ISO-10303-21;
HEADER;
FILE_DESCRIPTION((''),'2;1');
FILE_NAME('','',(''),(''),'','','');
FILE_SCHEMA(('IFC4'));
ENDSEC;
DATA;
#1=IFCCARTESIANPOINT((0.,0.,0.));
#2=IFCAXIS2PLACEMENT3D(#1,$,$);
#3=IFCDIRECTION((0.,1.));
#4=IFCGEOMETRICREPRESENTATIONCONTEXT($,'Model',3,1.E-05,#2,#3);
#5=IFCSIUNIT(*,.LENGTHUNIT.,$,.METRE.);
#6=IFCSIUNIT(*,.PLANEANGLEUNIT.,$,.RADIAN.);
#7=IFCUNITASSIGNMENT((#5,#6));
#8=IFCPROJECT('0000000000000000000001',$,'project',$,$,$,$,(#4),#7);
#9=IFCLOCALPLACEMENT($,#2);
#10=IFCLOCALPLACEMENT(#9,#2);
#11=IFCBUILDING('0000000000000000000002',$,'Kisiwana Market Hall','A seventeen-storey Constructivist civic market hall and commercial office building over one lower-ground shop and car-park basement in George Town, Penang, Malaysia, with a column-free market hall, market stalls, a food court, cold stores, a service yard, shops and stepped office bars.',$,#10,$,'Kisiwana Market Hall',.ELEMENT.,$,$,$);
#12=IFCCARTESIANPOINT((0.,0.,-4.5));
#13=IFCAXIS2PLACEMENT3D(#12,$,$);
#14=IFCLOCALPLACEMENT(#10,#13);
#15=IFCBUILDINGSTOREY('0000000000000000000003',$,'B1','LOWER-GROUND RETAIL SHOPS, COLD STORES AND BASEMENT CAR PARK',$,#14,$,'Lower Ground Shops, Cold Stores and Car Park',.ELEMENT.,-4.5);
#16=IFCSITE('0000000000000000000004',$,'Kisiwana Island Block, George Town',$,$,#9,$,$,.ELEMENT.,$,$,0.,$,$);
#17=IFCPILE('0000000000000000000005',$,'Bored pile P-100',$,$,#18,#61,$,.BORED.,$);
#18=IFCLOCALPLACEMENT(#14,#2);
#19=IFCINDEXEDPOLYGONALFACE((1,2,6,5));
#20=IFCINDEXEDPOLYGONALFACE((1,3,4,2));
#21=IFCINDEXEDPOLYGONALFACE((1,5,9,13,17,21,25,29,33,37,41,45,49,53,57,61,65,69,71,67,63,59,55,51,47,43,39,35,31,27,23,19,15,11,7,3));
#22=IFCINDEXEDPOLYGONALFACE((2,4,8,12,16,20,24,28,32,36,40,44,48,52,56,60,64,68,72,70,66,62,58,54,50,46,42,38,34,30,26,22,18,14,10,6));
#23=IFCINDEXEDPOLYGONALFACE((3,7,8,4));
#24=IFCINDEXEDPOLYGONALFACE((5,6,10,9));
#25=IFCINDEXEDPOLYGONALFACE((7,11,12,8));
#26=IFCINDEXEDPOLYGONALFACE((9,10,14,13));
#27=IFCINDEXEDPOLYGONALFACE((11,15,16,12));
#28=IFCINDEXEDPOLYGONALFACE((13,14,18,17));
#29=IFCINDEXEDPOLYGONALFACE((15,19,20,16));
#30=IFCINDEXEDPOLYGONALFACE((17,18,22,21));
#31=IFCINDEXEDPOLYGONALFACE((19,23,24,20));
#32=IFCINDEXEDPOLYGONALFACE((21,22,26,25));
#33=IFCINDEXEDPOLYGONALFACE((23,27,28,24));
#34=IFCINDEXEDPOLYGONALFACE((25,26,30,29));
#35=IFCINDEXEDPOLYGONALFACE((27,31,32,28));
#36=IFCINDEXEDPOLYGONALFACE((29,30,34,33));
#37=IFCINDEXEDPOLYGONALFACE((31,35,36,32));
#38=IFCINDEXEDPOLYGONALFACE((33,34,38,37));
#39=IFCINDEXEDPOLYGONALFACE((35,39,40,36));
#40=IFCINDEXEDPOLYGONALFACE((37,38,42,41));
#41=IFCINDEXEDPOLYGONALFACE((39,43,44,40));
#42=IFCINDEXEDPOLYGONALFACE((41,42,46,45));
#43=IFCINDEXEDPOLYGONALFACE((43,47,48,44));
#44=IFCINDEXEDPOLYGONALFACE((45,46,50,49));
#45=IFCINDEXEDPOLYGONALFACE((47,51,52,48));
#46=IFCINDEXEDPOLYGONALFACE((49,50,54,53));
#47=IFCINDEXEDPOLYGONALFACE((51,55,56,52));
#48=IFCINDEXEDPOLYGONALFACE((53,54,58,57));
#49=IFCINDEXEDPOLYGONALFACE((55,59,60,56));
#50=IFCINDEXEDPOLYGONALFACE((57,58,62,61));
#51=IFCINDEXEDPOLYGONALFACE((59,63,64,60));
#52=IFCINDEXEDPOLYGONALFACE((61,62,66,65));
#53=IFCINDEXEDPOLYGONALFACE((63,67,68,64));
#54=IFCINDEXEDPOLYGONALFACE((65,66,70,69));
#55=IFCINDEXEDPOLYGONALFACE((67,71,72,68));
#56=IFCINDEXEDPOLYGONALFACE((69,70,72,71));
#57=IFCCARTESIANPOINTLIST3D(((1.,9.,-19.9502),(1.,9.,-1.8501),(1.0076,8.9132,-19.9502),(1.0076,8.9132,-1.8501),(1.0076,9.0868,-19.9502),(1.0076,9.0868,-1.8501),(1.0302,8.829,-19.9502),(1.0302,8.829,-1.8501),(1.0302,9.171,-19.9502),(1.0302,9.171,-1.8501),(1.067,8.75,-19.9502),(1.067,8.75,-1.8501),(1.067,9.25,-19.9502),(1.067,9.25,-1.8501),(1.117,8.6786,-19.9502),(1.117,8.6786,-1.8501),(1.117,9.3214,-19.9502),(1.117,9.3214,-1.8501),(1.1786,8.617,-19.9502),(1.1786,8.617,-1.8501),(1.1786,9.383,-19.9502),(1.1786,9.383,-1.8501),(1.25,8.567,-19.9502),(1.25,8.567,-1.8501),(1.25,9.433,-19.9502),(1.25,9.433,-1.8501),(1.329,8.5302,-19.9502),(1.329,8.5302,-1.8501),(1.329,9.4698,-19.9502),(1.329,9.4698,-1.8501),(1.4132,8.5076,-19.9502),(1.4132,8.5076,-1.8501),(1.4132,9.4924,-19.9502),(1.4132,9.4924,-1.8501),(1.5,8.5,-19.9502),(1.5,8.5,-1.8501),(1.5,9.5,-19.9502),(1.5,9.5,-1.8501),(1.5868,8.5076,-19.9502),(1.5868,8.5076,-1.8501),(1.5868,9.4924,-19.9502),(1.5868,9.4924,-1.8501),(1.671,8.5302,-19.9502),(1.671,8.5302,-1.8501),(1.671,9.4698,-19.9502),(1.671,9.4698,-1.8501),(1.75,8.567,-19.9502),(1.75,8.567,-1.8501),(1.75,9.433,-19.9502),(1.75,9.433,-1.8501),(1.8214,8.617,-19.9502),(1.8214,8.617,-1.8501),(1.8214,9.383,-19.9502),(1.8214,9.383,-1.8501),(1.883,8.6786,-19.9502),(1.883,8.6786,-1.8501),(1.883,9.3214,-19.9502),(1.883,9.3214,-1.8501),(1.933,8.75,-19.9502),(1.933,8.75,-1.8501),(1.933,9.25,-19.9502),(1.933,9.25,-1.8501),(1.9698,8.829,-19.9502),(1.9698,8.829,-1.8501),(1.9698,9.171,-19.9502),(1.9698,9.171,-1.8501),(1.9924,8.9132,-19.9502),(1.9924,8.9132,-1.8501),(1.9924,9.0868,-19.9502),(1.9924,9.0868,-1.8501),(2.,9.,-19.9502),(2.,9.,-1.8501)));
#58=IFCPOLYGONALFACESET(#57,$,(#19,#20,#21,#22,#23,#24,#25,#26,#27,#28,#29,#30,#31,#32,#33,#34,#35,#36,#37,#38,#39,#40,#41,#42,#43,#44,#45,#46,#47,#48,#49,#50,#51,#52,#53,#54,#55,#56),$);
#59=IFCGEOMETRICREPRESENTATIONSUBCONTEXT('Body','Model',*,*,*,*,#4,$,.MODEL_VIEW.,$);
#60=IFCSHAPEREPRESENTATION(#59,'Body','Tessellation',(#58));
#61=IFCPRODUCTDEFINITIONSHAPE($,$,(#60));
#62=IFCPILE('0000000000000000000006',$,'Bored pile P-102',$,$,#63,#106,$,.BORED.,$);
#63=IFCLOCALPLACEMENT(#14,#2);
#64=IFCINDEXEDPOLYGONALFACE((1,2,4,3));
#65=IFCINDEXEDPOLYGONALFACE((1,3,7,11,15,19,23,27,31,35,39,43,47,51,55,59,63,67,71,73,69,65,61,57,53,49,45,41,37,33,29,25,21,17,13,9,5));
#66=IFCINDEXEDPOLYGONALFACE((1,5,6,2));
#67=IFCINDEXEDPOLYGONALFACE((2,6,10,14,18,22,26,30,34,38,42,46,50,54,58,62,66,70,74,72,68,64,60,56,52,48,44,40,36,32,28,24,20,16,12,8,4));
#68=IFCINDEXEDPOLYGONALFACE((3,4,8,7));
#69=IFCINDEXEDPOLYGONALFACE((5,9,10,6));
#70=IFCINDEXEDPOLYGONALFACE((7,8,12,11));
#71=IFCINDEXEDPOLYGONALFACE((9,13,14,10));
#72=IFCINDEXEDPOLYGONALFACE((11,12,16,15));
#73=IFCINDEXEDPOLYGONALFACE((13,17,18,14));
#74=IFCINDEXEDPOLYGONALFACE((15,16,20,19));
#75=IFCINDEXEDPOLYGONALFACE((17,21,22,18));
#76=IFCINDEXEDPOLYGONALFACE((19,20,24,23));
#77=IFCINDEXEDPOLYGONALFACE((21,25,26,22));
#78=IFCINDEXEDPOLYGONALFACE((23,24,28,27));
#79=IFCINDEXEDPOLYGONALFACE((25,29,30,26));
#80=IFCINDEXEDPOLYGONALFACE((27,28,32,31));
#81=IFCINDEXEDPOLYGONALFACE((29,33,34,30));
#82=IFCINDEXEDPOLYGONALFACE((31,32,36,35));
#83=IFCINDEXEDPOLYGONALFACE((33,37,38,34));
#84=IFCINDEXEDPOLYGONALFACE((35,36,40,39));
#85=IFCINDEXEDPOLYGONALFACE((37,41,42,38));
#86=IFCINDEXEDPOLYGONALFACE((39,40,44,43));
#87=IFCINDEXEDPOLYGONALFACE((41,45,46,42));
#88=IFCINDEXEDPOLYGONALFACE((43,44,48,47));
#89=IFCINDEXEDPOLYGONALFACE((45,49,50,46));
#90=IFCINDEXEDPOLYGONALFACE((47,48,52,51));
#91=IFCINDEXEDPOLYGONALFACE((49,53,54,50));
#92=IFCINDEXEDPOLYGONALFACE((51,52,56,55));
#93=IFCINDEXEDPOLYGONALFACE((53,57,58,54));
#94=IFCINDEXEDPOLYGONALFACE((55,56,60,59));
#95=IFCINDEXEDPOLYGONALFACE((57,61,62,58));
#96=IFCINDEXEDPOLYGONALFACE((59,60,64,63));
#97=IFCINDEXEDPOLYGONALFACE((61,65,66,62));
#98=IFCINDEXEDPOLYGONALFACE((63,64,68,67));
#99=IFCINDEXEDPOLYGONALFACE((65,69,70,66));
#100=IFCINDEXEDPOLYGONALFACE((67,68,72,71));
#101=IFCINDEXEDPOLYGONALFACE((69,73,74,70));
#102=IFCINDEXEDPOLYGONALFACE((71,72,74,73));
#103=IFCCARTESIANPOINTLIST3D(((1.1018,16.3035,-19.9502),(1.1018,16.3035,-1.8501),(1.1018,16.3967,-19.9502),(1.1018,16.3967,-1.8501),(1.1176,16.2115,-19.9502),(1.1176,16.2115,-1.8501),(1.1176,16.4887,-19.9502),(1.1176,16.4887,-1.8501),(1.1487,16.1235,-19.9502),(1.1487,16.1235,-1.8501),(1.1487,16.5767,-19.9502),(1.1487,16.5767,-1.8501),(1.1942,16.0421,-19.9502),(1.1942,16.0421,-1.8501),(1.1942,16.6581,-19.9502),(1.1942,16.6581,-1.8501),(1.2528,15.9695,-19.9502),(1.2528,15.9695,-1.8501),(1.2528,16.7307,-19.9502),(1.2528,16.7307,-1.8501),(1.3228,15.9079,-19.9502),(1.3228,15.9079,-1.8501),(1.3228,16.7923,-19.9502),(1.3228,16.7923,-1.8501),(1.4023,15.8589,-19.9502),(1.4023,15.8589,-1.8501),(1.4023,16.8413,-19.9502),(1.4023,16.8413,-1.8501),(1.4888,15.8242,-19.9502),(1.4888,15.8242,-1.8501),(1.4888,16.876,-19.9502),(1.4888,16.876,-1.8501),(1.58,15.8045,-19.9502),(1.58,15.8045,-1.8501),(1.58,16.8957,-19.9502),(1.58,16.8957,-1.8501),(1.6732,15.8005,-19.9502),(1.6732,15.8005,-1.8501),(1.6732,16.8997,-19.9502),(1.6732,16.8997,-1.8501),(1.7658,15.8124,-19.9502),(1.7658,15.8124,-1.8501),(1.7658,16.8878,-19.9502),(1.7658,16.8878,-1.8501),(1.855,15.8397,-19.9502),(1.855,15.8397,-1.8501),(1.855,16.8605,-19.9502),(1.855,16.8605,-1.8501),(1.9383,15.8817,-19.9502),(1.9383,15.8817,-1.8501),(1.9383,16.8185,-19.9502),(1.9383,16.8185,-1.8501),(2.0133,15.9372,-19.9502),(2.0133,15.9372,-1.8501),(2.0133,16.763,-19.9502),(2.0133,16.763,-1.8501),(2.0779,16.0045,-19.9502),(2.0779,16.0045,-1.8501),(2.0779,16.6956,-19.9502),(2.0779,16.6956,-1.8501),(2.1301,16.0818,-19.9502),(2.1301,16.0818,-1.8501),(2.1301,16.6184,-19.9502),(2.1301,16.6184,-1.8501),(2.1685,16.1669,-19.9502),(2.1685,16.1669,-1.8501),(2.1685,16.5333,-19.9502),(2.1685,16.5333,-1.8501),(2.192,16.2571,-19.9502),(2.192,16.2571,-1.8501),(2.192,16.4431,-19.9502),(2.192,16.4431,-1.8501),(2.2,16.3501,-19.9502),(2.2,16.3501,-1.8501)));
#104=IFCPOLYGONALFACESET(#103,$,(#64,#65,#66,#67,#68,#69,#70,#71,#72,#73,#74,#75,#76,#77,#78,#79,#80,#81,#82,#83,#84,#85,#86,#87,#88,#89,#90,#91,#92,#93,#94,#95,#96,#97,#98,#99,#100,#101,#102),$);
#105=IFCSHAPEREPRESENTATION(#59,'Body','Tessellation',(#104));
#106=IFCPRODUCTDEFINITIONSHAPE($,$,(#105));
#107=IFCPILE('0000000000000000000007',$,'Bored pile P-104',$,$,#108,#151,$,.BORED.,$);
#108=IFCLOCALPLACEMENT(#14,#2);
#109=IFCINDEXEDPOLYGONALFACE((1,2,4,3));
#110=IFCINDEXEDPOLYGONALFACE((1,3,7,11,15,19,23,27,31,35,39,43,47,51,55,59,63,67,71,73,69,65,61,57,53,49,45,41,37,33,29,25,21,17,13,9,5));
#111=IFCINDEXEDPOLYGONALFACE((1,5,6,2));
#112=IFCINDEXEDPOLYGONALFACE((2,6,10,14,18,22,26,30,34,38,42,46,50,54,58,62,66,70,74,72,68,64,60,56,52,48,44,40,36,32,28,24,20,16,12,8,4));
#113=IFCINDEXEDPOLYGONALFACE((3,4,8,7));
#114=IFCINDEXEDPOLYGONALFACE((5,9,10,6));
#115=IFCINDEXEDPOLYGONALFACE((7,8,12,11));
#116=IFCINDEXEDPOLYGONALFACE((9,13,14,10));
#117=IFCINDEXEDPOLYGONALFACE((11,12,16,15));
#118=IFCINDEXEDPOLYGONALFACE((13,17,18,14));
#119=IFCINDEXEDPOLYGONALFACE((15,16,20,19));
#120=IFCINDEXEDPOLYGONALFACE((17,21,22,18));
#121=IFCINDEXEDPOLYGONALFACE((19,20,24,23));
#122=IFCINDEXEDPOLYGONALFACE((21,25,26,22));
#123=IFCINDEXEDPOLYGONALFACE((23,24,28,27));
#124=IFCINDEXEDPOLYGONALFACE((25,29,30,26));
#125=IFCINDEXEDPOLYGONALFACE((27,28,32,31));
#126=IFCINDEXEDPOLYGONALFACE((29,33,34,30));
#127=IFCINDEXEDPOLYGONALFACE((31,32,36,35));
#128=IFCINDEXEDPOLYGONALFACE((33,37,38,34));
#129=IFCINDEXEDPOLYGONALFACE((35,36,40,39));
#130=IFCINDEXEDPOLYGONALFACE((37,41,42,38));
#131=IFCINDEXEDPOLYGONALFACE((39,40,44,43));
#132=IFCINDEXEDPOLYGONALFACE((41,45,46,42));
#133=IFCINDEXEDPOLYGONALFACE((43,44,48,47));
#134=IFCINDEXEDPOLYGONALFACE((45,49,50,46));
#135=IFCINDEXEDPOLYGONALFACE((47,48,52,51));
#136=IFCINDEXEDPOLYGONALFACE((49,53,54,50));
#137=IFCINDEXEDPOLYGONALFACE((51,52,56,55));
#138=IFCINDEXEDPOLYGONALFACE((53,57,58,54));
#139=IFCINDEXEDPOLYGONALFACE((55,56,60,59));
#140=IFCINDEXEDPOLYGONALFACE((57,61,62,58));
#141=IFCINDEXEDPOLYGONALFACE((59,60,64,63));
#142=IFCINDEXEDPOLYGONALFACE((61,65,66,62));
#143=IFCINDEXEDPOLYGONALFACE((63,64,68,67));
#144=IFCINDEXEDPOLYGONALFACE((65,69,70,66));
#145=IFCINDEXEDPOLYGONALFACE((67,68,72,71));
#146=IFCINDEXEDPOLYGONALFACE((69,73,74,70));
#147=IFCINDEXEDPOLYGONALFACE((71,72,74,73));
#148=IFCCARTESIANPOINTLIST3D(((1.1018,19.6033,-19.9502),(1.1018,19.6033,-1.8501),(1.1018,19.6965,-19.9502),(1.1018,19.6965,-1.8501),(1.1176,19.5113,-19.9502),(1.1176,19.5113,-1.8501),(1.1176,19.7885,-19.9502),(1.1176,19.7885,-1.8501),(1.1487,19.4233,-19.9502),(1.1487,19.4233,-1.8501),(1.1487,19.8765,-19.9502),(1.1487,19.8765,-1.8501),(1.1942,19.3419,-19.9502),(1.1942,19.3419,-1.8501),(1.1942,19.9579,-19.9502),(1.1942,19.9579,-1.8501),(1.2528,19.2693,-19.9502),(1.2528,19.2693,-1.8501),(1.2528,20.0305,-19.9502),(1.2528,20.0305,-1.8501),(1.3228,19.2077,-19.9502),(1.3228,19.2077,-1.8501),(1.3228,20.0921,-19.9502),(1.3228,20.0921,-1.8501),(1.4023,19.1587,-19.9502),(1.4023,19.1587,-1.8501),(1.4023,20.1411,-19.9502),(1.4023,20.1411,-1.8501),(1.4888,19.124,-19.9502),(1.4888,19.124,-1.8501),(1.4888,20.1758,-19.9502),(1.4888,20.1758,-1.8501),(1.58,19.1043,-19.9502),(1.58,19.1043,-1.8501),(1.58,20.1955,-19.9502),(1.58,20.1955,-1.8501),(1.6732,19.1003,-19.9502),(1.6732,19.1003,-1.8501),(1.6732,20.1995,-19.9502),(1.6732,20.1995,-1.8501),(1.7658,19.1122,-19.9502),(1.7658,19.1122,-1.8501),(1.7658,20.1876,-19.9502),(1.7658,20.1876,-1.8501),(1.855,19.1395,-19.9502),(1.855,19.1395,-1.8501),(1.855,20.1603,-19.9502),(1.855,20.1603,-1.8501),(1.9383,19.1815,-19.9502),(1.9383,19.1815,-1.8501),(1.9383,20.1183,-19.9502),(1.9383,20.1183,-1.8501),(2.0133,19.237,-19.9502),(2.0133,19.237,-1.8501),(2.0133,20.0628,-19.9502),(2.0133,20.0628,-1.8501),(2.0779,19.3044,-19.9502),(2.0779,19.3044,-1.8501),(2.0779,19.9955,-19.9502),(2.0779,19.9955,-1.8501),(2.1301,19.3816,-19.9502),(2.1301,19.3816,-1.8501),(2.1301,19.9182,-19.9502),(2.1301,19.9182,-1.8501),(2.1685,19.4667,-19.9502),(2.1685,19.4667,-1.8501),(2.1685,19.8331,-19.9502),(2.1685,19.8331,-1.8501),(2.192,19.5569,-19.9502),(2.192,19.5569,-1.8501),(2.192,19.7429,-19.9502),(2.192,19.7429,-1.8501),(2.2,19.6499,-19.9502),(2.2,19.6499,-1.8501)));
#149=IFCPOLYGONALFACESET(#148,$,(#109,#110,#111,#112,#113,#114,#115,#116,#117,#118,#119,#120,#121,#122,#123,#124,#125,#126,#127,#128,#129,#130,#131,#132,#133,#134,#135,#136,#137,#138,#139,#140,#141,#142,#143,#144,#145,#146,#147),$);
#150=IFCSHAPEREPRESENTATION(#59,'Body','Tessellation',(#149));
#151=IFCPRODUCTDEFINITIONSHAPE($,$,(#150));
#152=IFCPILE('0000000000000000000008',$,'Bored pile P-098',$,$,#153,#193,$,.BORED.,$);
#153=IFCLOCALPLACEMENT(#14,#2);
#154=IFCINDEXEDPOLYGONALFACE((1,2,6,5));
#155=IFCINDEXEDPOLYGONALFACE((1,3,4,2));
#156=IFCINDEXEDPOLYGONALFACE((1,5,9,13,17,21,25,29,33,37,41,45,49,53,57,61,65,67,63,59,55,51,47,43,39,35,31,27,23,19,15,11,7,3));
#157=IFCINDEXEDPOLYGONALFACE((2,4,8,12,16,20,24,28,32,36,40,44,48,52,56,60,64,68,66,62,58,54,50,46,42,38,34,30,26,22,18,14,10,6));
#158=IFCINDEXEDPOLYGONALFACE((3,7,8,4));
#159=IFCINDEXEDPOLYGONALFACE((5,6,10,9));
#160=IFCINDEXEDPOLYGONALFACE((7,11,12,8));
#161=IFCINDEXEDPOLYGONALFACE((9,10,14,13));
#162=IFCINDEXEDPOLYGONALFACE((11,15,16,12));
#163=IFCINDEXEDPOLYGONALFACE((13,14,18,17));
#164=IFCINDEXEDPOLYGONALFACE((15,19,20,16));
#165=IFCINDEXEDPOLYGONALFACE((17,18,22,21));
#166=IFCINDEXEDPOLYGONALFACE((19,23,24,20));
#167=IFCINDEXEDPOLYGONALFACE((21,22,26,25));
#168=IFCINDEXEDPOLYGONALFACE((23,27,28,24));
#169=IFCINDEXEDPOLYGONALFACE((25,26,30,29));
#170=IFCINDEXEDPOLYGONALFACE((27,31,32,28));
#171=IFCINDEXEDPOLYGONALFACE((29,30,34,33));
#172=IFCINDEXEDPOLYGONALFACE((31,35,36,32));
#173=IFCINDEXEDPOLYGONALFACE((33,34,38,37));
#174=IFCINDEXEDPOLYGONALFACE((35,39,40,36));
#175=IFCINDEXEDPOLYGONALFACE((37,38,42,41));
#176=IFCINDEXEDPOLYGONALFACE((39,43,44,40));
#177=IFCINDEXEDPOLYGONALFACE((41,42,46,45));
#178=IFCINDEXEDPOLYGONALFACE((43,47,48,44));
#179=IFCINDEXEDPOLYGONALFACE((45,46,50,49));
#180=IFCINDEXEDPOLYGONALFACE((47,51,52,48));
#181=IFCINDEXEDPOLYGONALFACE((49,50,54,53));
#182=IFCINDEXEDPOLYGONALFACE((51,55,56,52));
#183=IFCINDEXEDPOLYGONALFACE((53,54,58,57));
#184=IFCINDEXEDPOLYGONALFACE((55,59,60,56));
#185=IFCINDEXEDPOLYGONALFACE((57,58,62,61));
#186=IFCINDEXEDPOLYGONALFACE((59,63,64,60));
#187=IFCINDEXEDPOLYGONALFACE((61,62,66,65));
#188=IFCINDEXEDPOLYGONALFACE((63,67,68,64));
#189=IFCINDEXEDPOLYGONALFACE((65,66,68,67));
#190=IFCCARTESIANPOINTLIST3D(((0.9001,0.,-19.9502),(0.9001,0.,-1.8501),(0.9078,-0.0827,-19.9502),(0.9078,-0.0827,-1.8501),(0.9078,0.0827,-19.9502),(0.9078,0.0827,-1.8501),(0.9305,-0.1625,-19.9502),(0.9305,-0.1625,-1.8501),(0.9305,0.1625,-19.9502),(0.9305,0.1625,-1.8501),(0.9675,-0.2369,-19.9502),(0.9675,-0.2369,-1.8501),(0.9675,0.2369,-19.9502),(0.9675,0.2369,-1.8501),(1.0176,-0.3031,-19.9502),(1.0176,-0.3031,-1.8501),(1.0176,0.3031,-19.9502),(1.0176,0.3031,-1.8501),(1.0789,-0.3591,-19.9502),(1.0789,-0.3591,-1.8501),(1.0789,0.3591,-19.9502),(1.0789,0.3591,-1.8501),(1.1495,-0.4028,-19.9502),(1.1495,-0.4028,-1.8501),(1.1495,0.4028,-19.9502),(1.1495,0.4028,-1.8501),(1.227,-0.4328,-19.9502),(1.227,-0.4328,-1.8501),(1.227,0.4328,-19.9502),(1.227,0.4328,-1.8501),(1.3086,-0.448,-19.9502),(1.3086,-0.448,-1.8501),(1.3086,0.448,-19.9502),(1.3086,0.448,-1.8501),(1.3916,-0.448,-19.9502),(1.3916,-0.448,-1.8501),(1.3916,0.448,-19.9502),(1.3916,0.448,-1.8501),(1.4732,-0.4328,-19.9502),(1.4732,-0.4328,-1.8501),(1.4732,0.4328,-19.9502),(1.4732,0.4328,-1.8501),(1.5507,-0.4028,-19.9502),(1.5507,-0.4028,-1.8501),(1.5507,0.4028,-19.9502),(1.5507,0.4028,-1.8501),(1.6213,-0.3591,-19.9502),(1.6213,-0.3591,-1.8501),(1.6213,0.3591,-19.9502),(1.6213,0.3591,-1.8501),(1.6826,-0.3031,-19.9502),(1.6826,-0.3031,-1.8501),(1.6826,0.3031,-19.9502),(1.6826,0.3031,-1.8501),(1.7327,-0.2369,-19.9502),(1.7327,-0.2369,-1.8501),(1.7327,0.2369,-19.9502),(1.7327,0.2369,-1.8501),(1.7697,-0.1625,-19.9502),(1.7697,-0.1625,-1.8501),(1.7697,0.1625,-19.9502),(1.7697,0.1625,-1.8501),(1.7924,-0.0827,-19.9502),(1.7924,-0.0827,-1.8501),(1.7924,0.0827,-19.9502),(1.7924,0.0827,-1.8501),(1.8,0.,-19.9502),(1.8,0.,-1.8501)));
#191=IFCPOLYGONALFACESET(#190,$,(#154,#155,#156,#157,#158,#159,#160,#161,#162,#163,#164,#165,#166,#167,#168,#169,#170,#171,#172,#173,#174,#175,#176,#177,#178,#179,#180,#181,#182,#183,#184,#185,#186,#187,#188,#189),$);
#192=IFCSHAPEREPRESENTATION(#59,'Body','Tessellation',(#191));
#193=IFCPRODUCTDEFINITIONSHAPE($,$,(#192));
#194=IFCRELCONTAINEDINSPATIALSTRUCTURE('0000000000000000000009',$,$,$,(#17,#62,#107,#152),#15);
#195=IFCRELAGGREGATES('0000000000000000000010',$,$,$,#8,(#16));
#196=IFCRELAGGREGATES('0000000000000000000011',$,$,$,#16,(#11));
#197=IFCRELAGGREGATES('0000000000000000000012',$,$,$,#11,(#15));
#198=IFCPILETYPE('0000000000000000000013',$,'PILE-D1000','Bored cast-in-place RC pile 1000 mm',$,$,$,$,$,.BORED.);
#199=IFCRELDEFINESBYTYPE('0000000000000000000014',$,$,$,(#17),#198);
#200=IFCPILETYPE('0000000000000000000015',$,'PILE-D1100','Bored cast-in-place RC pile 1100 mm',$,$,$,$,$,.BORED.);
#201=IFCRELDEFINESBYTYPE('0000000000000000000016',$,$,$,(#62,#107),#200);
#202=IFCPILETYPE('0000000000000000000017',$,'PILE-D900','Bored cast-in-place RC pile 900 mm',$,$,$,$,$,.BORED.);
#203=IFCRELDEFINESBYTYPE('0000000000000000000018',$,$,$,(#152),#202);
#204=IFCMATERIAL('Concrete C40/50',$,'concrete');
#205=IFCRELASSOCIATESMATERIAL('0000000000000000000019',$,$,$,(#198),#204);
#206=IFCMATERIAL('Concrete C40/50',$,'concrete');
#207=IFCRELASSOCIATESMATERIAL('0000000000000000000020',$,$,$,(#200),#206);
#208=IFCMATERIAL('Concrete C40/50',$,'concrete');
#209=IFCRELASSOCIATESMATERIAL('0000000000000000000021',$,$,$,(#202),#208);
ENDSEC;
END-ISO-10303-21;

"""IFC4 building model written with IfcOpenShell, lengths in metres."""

from ifc_helpers import new_model, si_unit, direction, frame, origin, origin_2d, place, context, subcontext, project, spatial, circle, extrude, material, material_profile, profile_set, type_object, element, save


model = new_model("IFC4")

# Units and contexts
model_context = context("Model", 3, precision=1e-05, world=origin(), true_north=direction((0.0, 1.0)))
body_context = subcontext(model_context, "Body", "Model", "MODEL_VIEW")
ifc_project = project(units=[si_unit("LENGTHUNIT", "METRE"), si_unit("PLANEANGLEUNIT", "RADIAN")], contexts=[model_context])

# Site, building, storey
site_placement = place(None, origin())
site = spatial("IfcSite", under=ifc_project, at=site_placement, Name="Kisiwana Island Block, George Town", CompositionType="ELEMENT", RefElevation=0.0)
building_placement = place(site_placement, origin())
building = spatial("IfcBuilding", under=site, at=building_placement, Name="Kisiwana Market Hall", Description="A seventeen-storey Constructivist civic market hall and commercial office building over one lower-ground shop and car-park basement in George Town, Penang, Malaysia, with a column-free market hall, market stalls, a food court, cold stores, a service yard, shops and stepped office bars.", LongName="Kisiwana Market Hall", CompositionType="ELEMENT")
storey_placement = place(building_placement, frame((0.0, 0.0, -4.5)))
storey = spatial("IfcBuildingStorey", under=building, at=storey_placement, Name="B1", Description="LOWER-GROUND RETAIL SHOPS, COLD STORES AND BASEMENT CAR PARK", LongName="Lower Ground Shops, Cold Stores and Car Park", CompositionType="ELEMENT", Elevation=-4.5)

# Piles
ifc_material_1 = material(Name="Concrete C40/50", Category="concrete")
ifc_material_profile_1 = material_profile(ifc_material_1, circle(Radius=0.5, at=origin_2d()), Name="BP D1000")
ifc_profile_set_1 = profile_set([ifc_material_profile_1], Name="Concrete C40/50")
pile_type_1 = type_object("IfcPileType", Name="PILE-D1000", Description="Bored cast-in-place RC pile 1000 mm", PredefinedType="BORED", material=ifc_profile_set_1)
pile_1_placement = place(storey_placement, frame((1.5, 9.0, -1.8501), z_axis=(0.0, 0.0, -1.0), x_axis=(1.0, 0.0, 0.0)))
element("IfcPile", 1, at=pile_1_placement, inside=storey, type_object=pile_type_1, Name="Bored pile P-100", PredefinedType="BORED", context=body_context, shape_type="SweptSolid", body=[
    extrude(circle(Radius=0.5, at=origin_2d()), origin(), (0.0, 0.0, 1.0), 18.1001),
])
ifc_material_2 = material(Name="Concrete C40/50", Category="concrete")
ifc_material_profile_2 = material_profile(ifc_material_2, circle(Radius=0.55, at=origin_2d()), Name="BP D1100")
ifc_profile_set_2 = profile_set([ifc_material_profile_2], Name="Concrete C40/50")
pile_type_2 = type_object("IfcPileType", Name="PILE-D1100", Description="Bored cast-in-place RC pile 1100 mm", PredefinedType="BORED", material=ifc_profile_set_2)
for number, where, z_axis, x_axis, name in (
    (2, (1.6499, 16.3501, -1.8501), (0.0, 0.0, -1.0), (1.0, 0.0, 0.0), "Bored pile P-102"),
    (3, (1.6499, 19.6499, -1.8501), (0.0, 0.0, -1.0), (1.0, 0.0, 0.0), "Bored pile P-104"),
):
    element("IfcPile", number, at=place(storey_placement, frame(where, z_axis=z_axis, x_axis=x_axis)), inside=storey, type_object=pile_type_2, Name=name, PredefinedType="BORED", context=body_context, shape_type="SweptSolid", body=[
        extrude(circle(Radius=0.55, at=origin_2d()), origin(), (0.0, 0.0, 1.0), 18.1001),
    ])
ifc_material_3 = material(Name="Concrete C40/50", Category="concrete")
ifc_material_profile_3 = material_profile(ifc_material_3, circle(Radius=0.45, at=origin_2d()), Name="BP D900")
ifc_profile_set_3 = profile_set([ifc_material_profile_3], Name="Concrete C40/50")
pile_type_3 = type_object("IfcPileType", Name="PILE-D900", Description="Bored cast-in-place RC pile 900 mm", PredefinedType="BORED", material=ifc_profile_set_3)
pile_2_placement = place(storey_placement, frame((1.3501, 0.0, -1.8501), z_axis=(0.0, 0.0, -1.0), x_axis=(1.0, 0.0, 0.0)))
element("IfcPile", 4, at=pile_2_placement, inside=storey, type_object=pile_type_3, Name="Bored pile P-098", PredefinedType="BORED", context=body_context, shape_type="SweptSolid", body=[
    extrude(circle(Radius=0.45, at=origin_2d()), origin(), (0.0, 0.0, 1.0), 18.1001),
])

save(model, "model.ifc")
